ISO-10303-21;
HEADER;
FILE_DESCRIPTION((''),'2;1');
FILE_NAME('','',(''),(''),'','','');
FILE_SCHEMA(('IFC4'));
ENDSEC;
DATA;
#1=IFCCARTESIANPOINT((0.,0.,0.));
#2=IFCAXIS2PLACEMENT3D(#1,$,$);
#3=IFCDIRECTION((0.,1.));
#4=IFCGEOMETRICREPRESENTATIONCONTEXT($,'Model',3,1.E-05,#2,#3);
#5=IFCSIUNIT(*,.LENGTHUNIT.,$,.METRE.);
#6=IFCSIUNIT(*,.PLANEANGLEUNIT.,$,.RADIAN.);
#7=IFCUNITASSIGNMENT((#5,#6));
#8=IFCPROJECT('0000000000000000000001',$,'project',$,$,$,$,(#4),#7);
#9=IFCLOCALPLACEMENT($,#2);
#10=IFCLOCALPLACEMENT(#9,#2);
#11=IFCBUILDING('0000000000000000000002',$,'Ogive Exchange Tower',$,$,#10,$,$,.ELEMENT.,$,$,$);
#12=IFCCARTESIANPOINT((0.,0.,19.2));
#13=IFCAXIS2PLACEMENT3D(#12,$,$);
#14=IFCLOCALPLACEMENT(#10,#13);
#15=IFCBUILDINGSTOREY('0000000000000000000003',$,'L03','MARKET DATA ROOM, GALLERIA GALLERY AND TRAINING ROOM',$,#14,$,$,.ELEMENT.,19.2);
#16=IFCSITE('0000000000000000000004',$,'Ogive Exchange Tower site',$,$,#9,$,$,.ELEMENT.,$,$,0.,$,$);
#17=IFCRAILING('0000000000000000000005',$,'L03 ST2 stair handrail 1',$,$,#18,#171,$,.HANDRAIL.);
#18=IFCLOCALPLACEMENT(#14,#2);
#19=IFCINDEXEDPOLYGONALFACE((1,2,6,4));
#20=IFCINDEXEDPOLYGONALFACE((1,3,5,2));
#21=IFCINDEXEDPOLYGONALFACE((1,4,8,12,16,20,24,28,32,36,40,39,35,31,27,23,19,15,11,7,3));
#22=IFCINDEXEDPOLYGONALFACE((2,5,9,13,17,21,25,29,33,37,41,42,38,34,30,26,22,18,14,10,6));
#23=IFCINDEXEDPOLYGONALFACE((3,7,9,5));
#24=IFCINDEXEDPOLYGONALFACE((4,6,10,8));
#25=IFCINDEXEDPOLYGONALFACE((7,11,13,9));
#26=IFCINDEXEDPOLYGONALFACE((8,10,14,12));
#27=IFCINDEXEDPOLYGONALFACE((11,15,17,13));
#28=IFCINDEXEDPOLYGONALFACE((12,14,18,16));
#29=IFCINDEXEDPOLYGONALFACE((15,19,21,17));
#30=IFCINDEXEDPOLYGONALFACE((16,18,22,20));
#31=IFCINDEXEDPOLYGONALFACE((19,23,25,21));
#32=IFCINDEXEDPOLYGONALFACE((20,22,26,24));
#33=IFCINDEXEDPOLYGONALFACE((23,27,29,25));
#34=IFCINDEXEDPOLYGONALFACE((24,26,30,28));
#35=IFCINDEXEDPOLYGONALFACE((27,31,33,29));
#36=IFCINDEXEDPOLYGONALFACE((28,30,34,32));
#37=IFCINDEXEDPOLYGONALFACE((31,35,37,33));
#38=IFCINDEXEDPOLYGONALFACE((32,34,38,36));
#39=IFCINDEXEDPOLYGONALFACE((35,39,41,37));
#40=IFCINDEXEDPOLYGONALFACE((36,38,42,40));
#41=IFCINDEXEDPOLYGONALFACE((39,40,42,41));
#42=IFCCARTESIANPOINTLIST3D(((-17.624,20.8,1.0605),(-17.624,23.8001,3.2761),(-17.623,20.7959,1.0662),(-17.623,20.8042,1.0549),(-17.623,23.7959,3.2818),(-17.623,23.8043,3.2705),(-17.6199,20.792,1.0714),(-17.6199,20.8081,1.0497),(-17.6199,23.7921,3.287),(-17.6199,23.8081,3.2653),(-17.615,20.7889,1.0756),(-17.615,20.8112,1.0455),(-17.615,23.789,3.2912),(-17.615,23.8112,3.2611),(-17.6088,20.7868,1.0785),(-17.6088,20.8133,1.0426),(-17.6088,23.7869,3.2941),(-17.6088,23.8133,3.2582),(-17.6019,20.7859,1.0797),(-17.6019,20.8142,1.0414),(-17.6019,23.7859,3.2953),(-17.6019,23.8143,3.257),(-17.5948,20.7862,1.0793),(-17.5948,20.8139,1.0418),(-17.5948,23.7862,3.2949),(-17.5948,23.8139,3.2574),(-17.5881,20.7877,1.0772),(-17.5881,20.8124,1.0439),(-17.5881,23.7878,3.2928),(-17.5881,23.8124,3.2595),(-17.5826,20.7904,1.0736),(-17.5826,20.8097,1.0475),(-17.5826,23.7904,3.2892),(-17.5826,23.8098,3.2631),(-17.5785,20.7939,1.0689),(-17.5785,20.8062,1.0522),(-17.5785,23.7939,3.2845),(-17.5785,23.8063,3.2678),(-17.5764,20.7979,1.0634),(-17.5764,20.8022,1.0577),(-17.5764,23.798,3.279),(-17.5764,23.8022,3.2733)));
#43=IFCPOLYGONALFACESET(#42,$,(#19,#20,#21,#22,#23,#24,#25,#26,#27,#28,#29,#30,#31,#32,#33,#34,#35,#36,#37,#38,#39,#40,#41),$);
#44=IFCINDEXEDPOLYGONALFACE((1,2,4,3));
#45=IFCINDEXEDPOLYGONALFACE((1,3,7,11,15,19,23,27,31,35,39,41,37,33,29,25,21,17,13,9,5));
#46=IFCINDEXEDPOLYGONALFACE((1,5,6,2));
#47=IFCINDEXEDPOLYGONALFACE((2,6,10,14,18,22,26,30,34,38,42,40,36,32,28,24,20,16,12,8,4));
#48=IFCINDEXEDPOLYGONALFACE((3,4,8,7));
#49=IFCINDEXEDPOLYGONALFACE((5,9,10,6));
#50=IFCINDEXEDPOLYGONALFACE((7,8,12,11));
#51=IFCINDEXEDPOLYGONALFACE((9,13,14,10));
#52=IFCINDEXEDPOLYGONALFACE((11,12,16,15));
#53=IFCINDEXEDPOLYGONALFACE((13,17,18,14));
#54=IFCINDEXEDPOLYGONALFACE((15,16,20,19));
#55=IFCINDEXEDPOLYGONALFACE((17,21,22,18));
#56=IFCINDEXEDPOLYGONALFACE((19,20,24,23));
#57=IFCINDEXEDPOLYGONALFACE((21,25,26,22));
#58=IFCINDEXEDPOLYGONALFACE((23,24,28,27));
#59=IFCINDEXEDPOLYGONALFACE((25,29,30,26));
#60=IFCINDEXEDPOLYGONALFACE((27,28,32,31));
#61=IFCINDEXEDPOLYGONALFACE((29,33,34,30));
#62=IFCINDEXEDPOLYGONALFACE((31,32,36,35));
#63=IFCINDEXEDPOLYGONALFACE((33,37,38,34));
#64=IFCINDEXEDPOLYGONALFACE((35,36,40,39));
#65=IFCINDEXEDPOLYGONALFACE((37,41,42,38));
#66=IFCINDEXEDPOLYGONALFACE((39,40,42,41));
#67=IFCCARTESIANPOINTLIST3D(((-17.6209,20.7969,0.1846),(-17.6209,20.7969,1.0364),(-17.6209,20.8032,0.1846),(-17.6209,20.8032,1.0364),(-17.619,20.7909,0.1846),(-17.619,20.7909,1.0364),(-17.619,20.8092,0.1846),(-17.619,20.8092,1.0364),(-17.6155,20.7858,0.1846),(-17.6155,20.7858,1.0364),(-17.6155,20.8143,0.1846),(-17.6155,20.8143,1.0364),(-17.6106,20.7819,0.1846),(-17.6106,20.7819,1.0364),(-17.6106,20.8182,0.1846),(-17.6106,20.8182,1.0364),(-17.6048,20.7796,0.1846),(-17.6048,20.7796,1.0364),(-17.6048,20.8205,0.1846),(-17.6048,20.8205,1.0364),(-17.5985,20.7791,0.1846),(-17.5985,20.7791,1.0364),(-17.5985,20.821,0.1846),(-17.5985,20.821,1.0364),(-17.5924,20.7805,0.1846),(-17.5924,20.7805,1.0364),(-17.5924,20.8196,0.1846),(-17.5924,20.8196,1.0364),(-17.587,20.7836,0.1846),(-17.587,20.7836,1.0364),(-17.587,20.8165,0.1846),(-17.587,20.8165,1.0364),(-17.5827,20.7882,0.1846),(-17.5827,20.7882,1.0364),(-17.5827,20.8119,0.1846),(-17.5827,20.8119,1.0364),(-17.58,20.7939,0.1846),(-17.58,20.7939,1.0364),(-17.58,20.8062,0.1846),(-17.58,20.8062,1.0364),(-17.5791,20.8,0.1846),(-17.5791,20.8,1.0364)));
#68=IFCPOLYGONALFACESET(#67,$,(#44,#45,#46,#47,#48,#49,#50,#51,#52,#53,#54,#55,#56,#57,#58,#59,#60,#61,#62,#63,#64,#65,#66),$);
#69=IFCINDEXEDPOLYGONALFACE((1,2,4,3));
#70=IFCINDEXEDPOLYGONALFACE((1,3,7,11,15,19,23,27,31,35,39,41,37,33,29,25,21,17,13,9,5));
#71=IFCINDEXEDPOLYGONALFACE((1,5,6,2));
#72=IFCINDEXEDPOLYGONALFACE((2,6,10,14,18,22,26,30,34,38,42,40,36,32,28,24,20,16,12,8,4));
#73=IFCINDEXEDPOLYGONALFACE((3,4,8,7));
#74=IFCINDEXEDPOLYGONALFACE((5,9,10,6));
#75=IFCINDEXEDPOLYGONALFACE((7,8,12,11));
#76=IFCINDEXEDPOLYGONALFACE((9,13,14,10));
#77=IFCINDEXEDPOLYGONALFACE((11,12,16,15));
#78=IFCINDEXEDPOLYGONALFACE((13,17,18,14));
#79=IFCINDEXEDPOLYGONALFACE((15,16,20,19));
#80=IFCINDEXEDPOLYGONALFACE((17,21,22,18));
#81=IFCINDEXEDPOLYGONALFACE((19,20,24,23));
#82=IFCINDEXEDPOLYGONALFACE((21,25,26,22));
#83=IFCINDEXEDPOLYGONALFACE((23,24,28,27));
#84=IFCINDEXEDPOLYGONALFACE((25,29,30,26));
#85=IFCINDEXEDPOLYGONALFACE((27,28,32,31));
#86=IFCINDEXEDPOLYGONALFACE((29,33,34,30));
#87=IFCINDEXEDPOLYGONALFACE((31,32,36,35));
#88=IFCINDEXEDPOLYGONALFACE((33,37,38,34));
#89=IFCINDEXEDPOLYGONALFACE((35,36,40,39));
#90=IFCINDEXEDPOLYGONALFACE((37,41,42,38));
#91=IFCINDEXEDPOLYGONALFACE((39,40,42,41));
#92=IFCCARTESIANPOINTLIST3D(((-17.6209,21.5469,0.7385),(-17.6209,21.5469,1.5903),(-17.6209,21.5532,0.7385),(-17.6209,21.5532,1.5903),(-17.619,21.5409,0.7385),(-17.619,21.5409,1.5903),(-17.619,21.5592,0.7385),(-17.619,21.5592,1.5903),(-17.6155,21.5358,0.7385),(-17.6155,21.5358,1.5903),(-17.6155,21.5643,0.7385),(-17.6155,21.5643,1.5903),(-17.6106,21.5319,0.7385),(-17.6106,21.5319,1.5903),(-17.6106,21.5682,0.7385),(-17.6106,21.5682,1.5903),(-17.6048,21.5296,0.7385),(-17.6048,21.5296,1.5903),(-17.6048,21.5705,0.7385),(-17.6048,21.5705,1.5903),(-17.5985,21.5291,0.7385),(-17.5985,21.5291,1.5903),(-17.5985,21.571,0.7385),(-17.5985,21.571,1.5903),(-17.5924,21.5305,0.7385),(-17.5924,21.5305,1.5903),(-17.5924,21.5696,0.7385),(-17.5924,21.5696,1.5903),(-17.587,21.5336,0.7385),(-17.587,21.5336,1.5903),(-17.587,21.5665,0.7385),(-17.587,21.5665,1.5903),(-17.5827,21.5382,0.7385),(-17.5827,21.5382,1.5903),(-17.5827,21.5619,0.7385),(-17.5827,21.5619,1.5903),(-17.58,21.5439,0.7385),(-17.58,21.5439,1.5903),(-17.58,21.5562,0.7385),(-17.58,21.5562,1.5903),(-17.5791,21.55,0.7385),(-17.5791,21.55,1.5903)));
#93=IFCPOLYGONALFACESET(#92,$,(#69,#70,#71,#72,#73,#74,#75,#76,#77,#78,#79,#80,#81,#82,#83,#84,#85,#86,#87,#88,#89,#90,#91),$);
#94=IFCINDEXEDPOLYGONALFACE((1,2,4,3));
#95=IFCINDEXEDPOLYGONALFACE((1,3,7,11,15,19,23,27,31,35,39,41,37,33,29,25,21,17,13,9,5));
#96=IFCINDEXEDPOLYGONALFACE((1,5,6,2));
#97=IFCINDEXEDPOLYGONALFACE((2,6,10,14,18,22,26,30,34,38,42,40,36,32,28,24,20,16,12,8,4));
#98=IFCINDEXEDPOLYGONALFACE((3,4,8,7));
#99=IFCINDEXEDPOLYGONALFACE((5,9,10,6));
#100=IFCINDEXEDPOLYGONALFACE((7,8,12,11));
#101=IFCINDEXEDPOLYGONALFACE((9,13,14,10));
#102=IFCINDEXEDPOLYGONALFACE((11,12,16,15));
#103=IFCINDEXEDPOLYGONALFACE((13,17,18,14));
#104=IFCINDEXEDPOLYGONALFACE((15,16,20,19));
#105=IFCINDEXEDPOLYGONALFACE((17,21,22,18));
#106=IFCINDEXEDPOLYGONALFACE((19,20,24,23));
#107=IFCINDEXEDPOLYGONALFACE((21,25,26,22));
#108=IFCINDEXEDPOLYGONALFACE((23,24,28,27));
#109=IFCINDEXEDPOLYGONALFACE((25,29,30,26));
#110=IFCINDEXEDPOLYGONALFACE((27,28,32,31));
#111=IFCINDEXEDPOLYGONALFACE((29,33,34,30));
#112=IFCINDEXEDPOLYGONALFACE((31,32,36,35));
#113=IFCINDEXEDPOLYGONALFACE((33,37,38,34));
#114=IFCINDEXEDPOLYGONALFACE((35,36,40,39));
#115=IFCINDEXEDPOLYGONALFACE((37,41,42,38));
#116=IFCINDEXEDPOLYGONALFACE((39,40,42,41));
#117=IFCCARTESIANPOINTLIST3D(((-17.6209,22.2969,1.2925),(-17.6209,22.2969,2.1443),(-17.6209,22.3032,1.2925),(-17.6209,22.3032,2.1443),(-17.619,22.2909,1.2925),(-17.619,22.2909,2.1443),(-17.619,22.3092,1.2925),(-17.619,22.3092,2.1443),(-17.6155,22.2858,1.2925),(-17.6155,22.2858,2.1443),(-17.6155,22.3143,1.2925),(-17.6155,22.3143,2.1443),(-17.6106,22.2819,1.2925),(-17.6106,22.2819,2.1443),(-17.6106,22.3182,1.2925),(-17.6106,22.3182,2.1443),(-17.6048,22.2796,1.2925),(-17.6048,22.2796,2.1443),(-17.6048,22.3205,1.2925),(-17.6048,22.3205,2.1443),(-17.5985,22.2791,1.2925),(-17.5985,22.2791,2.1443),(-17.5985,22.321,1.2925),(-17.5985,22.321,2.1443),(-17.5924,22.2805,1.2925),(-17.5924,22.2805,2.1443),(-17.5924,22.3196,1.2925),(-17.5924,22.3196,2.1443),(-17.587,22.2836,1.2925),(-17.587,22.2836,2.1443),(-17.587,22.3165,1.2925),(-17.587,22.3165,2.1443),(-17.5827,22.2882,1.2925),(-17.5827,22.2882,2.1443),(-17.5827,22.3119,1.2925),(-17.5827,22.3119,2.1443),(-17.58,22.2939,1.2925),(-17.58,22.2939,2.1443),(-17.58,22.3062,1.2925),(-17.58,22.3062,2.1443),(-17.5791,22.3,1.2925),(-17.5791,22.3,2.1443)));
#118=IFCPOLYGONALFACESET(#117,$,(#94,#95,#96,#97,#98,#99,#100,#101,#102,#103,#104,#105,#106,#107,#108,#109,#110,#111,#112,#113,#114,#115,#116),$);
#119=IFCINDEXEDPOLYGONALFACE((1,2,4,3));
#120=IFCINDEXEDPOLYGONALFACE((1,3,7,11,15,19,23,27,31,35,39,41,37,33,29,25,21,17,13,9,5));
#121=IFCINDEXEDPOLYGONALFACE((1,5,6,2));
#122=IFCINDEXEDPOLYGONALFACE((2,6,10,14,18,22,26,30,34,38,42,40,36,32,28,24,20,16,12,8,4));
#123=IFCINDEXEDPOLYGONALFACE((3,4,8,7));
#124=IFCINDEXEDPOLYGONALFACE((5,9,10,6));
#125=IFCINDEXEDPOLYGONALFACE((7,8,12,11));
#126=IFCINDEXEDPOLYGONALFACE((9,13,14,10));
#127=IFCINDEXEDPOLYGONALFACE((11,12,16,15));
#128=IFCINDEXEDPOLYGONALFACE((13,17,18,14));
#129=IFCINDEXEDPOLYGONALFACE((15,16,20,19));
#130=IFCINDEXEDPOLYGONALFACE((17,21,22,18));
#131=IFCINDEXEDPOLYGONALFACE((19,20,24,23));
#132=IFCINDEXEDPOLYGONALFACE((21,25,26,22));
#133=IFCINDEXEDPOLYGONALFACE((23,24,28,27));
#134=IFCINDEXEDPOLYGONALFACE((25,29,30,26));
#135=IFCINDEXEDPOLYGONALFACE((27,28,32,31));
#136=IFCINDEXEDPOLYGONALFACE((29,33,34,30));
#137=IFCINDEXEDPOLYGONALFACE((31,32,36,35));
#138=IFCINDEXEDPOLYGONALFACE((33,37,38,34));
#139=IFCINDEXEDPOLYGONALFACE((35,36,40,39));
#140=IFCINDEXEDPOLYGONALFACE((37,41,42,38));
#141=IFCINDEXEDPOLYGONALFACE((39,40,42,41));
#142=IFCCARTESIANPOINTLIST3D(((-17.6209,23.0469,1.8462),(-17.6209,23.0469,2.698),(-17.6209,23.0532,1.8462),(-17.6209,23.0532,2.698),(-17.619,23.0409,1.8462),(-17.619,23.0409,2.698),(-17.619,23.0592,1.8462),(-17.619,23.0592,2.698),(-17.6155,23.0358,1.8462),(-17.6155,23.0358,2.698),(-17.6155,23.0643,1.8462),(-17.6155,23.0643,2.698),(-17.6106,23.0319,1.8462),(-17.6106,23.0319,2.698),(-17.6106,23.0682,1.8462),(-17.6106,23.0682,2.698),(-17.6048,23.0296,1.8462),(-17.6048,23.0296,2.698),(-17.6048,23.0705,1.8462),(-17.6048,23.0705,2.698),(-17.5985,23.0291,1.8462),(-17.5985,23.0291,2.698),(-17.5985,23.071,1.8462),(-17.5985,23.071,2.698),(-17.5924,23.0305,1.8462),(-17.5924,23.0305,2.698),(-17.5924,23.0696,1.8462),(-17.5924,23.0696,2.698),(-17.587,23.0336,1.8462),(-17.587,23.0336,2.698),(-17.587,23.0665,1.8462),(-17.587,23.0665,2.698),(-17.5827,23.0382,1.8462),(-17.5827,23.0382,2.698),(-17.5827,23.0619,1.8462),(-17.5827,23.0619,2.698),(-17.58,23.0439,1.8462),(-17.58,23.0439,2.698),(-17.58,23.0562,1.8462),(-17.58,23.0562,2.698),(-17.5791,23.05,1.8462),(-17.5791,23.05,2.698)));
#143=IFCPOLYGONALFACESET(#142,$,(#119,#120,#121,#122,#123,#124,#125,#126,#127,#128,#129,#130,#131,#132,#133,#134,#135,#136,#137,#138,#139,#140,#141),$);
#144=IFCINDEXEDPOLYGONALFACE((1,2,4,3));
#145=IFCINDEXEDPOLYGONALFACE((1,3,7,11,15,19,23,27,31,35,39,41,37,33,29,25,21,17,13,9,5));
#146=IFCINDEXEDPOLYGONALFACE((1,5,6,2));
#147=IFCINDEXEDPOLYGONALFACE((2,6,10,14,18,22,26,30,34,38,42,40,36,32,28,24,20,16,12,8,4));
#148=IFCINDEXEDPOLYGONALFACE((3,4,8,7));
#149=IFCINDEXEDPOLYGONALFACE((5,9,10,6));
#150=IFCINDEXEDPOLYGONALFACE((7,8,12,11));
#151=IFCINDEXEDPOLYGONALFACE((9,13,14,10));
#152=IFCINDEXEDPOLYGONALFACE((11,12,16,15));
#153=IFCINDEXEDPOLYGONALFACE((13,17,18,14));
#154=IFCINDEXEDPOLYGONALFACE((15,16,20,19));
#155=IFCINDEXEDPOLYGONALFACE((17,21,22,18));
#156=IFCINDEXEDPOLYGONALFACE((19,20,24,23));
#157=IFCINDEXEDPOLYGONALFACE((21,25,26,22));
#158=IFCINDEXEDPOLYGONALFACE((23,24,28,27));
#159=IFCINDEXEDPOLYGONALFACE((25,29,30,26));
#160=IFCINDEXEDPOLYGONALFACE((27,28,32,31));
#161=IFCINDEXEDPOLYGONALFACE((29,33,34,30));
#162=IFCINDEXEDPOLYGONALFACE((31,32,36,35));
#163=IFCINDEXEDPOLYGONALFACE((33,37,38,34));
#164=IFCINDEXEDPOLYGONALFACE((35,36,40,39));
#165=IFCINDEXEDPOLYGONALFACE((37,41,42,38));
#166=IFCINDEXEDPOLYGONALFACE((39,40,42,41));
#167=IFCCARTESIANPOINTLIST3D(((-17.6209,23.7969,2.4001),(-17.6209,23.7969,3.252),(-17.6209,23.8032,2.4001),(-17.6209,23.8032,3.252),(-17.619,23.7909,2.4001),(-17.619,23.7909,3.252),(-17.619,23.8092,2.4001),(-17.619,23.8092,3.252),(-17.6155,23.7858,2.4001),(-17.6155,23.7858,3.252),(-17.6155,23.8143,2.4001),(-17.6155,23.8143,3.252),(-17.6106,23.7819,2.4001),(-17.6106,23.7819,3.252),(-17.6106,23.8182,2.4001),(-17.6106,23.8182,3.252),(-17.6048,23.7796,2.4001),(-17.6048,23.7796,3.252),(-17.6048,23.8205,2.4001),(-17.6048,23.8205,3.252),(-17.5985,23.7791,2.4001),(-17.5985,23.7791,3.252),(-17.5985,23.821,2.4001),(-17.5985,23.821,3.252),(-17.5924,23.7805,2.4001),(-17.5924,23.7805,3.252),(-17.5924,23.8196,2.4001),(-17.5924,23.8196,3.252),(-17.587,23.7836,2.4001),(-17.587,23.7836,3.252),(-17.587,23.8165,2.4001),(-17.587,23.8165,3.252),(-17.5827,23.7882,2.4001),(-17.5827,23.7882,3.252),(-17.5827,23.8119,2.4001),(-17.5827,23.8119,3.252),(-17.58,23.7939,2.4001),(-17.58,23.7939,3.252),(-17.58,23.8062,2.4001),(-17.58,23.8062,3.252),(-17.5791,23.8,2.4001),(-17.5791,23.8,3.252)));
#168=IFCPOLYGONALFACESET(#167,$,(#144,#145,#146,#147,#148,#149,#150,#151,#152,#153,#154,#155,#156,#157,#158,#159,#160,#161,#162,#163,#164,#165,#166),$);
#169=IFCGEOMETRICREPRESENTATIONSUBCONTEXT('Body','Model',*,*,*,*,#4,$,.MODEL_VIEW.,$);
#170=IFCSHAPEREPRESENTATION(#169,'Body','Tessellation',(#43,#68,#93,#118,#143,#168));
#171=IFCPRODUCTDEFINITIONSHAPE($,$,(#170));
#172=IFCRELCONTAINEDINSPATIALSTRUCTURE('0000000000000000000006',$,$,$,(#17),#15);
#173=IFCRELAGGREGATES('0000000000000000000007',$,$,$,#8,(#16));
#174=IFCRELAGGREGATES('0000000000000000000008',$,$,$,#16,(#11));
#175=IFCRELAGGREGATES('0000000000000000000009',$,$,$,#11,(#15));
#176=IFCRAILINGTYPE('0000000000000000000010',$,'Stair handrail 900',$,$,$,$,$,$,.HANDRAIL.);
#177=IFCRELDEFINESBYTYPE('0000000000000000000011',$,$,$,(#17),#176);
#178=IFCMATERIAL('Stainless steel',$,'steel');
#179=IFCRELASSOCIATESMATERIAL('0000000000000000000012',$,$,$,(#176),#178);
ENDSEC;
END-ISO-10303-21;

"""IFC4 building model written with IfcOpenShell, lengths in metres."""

from ifc_helpers import new_model, si_unit, direction, frame, origin, origin_2d, place, context, subcontext, project, spatial, circle, extrude, material, type_object, element, save


model = new_model("IFC4")

# Units and contexts
model_context = context("Model", 3, precision=1e-05, world=origin(), true_north=direction((0.0, 1.0)))
body_context = subcontext(model_context, "Body", "Model", "MODEL_VIEW")
ifc_project = project(units=[si_unit("LENGTHUNIT", "METRE"), si_unit("PLANEANGLEUNIT", "RADIAN")], contexts=[model_context])

# Site, building, storey
site_placement = place(None, origin())
site = spatial("IfcSite", under=ifc_project, at=site_placement, Name="Ogive Exchange Tower site", CompositionType="ELEMENT", RefElevation=0.0)
building_placement = place(site_placement, origin())
building = spatial("IfcBuilding", under=site, at=building_placement, Name="Ogive Exchange Tower", CompositionType="ELEMENT")
storey_placement = place(building_placement, frame((0.0, 0.0, 19.2)))
storey = spatial("IfcBuildingStorey", under=building, at=storey_placement, Name="L03", Description="MARKET DATA ROOM, GALLERIA GALLERY AND TRAINING ROOM", CompositionType="ELEMENT", Elevation=19.2)

# Railing
ifc_material_1 = material(Name="Stainless steel", Category="steel")
railing_type = type_object("IfcRailingType", Name="Stair handrail 900", PredefinedType="HANDRAIL", material=ifc_material_1)
railing_placement = place(storey_placement, frame((-17.6001, 20.8, 0.1846)))
element("IfcRailing", 1, at=railing_placement, inside=storey, type_object=railing_type, Name="L03 ST2 stair handrail 1", PredefinedType="HANDRAIL", context=body_context, shape_type="SweptSolid", body=[
    extrude(circle(Radius=0.0239, at=origin_2d()), frame((0.0, 0.0, 0.876), z_axis=(0.0, 0.804409, 0.594076), x_axis=(-1.0, 0.0, 0.0)), (0.0, 0.0, 1.0), 3.7295),
    extrude(circle(Radius=0.021, at=origin_2d()), origin(), (0.0, 0.0, 1.0), 0.8518),
    extrude(circle(Radius=0.021, at=origin_2d()), frame((0.0, 0.75, 0.554)), (0.0, 0.0, 1.0), 0.8518),
    extrude(circle(Radius=0.021, at=origin_2d()), frame((0.0, 1.5, 1.1079)), (0.0, 0.0, 1.0), 0.8518),
    extrude(circle(Radius=0.021, at=origin_2d()), frame((0.0, 2.25, 1.6616)), (0.0, 0.0, 1.0), 0.8518),
    extrude(circle(Radius=0.021, at=origin_2d()), frame((0.0, 3.0, 2.2156)), (0.0, 0.0, 1.0), 0.8518),
])

save(model, "model.ifc")
